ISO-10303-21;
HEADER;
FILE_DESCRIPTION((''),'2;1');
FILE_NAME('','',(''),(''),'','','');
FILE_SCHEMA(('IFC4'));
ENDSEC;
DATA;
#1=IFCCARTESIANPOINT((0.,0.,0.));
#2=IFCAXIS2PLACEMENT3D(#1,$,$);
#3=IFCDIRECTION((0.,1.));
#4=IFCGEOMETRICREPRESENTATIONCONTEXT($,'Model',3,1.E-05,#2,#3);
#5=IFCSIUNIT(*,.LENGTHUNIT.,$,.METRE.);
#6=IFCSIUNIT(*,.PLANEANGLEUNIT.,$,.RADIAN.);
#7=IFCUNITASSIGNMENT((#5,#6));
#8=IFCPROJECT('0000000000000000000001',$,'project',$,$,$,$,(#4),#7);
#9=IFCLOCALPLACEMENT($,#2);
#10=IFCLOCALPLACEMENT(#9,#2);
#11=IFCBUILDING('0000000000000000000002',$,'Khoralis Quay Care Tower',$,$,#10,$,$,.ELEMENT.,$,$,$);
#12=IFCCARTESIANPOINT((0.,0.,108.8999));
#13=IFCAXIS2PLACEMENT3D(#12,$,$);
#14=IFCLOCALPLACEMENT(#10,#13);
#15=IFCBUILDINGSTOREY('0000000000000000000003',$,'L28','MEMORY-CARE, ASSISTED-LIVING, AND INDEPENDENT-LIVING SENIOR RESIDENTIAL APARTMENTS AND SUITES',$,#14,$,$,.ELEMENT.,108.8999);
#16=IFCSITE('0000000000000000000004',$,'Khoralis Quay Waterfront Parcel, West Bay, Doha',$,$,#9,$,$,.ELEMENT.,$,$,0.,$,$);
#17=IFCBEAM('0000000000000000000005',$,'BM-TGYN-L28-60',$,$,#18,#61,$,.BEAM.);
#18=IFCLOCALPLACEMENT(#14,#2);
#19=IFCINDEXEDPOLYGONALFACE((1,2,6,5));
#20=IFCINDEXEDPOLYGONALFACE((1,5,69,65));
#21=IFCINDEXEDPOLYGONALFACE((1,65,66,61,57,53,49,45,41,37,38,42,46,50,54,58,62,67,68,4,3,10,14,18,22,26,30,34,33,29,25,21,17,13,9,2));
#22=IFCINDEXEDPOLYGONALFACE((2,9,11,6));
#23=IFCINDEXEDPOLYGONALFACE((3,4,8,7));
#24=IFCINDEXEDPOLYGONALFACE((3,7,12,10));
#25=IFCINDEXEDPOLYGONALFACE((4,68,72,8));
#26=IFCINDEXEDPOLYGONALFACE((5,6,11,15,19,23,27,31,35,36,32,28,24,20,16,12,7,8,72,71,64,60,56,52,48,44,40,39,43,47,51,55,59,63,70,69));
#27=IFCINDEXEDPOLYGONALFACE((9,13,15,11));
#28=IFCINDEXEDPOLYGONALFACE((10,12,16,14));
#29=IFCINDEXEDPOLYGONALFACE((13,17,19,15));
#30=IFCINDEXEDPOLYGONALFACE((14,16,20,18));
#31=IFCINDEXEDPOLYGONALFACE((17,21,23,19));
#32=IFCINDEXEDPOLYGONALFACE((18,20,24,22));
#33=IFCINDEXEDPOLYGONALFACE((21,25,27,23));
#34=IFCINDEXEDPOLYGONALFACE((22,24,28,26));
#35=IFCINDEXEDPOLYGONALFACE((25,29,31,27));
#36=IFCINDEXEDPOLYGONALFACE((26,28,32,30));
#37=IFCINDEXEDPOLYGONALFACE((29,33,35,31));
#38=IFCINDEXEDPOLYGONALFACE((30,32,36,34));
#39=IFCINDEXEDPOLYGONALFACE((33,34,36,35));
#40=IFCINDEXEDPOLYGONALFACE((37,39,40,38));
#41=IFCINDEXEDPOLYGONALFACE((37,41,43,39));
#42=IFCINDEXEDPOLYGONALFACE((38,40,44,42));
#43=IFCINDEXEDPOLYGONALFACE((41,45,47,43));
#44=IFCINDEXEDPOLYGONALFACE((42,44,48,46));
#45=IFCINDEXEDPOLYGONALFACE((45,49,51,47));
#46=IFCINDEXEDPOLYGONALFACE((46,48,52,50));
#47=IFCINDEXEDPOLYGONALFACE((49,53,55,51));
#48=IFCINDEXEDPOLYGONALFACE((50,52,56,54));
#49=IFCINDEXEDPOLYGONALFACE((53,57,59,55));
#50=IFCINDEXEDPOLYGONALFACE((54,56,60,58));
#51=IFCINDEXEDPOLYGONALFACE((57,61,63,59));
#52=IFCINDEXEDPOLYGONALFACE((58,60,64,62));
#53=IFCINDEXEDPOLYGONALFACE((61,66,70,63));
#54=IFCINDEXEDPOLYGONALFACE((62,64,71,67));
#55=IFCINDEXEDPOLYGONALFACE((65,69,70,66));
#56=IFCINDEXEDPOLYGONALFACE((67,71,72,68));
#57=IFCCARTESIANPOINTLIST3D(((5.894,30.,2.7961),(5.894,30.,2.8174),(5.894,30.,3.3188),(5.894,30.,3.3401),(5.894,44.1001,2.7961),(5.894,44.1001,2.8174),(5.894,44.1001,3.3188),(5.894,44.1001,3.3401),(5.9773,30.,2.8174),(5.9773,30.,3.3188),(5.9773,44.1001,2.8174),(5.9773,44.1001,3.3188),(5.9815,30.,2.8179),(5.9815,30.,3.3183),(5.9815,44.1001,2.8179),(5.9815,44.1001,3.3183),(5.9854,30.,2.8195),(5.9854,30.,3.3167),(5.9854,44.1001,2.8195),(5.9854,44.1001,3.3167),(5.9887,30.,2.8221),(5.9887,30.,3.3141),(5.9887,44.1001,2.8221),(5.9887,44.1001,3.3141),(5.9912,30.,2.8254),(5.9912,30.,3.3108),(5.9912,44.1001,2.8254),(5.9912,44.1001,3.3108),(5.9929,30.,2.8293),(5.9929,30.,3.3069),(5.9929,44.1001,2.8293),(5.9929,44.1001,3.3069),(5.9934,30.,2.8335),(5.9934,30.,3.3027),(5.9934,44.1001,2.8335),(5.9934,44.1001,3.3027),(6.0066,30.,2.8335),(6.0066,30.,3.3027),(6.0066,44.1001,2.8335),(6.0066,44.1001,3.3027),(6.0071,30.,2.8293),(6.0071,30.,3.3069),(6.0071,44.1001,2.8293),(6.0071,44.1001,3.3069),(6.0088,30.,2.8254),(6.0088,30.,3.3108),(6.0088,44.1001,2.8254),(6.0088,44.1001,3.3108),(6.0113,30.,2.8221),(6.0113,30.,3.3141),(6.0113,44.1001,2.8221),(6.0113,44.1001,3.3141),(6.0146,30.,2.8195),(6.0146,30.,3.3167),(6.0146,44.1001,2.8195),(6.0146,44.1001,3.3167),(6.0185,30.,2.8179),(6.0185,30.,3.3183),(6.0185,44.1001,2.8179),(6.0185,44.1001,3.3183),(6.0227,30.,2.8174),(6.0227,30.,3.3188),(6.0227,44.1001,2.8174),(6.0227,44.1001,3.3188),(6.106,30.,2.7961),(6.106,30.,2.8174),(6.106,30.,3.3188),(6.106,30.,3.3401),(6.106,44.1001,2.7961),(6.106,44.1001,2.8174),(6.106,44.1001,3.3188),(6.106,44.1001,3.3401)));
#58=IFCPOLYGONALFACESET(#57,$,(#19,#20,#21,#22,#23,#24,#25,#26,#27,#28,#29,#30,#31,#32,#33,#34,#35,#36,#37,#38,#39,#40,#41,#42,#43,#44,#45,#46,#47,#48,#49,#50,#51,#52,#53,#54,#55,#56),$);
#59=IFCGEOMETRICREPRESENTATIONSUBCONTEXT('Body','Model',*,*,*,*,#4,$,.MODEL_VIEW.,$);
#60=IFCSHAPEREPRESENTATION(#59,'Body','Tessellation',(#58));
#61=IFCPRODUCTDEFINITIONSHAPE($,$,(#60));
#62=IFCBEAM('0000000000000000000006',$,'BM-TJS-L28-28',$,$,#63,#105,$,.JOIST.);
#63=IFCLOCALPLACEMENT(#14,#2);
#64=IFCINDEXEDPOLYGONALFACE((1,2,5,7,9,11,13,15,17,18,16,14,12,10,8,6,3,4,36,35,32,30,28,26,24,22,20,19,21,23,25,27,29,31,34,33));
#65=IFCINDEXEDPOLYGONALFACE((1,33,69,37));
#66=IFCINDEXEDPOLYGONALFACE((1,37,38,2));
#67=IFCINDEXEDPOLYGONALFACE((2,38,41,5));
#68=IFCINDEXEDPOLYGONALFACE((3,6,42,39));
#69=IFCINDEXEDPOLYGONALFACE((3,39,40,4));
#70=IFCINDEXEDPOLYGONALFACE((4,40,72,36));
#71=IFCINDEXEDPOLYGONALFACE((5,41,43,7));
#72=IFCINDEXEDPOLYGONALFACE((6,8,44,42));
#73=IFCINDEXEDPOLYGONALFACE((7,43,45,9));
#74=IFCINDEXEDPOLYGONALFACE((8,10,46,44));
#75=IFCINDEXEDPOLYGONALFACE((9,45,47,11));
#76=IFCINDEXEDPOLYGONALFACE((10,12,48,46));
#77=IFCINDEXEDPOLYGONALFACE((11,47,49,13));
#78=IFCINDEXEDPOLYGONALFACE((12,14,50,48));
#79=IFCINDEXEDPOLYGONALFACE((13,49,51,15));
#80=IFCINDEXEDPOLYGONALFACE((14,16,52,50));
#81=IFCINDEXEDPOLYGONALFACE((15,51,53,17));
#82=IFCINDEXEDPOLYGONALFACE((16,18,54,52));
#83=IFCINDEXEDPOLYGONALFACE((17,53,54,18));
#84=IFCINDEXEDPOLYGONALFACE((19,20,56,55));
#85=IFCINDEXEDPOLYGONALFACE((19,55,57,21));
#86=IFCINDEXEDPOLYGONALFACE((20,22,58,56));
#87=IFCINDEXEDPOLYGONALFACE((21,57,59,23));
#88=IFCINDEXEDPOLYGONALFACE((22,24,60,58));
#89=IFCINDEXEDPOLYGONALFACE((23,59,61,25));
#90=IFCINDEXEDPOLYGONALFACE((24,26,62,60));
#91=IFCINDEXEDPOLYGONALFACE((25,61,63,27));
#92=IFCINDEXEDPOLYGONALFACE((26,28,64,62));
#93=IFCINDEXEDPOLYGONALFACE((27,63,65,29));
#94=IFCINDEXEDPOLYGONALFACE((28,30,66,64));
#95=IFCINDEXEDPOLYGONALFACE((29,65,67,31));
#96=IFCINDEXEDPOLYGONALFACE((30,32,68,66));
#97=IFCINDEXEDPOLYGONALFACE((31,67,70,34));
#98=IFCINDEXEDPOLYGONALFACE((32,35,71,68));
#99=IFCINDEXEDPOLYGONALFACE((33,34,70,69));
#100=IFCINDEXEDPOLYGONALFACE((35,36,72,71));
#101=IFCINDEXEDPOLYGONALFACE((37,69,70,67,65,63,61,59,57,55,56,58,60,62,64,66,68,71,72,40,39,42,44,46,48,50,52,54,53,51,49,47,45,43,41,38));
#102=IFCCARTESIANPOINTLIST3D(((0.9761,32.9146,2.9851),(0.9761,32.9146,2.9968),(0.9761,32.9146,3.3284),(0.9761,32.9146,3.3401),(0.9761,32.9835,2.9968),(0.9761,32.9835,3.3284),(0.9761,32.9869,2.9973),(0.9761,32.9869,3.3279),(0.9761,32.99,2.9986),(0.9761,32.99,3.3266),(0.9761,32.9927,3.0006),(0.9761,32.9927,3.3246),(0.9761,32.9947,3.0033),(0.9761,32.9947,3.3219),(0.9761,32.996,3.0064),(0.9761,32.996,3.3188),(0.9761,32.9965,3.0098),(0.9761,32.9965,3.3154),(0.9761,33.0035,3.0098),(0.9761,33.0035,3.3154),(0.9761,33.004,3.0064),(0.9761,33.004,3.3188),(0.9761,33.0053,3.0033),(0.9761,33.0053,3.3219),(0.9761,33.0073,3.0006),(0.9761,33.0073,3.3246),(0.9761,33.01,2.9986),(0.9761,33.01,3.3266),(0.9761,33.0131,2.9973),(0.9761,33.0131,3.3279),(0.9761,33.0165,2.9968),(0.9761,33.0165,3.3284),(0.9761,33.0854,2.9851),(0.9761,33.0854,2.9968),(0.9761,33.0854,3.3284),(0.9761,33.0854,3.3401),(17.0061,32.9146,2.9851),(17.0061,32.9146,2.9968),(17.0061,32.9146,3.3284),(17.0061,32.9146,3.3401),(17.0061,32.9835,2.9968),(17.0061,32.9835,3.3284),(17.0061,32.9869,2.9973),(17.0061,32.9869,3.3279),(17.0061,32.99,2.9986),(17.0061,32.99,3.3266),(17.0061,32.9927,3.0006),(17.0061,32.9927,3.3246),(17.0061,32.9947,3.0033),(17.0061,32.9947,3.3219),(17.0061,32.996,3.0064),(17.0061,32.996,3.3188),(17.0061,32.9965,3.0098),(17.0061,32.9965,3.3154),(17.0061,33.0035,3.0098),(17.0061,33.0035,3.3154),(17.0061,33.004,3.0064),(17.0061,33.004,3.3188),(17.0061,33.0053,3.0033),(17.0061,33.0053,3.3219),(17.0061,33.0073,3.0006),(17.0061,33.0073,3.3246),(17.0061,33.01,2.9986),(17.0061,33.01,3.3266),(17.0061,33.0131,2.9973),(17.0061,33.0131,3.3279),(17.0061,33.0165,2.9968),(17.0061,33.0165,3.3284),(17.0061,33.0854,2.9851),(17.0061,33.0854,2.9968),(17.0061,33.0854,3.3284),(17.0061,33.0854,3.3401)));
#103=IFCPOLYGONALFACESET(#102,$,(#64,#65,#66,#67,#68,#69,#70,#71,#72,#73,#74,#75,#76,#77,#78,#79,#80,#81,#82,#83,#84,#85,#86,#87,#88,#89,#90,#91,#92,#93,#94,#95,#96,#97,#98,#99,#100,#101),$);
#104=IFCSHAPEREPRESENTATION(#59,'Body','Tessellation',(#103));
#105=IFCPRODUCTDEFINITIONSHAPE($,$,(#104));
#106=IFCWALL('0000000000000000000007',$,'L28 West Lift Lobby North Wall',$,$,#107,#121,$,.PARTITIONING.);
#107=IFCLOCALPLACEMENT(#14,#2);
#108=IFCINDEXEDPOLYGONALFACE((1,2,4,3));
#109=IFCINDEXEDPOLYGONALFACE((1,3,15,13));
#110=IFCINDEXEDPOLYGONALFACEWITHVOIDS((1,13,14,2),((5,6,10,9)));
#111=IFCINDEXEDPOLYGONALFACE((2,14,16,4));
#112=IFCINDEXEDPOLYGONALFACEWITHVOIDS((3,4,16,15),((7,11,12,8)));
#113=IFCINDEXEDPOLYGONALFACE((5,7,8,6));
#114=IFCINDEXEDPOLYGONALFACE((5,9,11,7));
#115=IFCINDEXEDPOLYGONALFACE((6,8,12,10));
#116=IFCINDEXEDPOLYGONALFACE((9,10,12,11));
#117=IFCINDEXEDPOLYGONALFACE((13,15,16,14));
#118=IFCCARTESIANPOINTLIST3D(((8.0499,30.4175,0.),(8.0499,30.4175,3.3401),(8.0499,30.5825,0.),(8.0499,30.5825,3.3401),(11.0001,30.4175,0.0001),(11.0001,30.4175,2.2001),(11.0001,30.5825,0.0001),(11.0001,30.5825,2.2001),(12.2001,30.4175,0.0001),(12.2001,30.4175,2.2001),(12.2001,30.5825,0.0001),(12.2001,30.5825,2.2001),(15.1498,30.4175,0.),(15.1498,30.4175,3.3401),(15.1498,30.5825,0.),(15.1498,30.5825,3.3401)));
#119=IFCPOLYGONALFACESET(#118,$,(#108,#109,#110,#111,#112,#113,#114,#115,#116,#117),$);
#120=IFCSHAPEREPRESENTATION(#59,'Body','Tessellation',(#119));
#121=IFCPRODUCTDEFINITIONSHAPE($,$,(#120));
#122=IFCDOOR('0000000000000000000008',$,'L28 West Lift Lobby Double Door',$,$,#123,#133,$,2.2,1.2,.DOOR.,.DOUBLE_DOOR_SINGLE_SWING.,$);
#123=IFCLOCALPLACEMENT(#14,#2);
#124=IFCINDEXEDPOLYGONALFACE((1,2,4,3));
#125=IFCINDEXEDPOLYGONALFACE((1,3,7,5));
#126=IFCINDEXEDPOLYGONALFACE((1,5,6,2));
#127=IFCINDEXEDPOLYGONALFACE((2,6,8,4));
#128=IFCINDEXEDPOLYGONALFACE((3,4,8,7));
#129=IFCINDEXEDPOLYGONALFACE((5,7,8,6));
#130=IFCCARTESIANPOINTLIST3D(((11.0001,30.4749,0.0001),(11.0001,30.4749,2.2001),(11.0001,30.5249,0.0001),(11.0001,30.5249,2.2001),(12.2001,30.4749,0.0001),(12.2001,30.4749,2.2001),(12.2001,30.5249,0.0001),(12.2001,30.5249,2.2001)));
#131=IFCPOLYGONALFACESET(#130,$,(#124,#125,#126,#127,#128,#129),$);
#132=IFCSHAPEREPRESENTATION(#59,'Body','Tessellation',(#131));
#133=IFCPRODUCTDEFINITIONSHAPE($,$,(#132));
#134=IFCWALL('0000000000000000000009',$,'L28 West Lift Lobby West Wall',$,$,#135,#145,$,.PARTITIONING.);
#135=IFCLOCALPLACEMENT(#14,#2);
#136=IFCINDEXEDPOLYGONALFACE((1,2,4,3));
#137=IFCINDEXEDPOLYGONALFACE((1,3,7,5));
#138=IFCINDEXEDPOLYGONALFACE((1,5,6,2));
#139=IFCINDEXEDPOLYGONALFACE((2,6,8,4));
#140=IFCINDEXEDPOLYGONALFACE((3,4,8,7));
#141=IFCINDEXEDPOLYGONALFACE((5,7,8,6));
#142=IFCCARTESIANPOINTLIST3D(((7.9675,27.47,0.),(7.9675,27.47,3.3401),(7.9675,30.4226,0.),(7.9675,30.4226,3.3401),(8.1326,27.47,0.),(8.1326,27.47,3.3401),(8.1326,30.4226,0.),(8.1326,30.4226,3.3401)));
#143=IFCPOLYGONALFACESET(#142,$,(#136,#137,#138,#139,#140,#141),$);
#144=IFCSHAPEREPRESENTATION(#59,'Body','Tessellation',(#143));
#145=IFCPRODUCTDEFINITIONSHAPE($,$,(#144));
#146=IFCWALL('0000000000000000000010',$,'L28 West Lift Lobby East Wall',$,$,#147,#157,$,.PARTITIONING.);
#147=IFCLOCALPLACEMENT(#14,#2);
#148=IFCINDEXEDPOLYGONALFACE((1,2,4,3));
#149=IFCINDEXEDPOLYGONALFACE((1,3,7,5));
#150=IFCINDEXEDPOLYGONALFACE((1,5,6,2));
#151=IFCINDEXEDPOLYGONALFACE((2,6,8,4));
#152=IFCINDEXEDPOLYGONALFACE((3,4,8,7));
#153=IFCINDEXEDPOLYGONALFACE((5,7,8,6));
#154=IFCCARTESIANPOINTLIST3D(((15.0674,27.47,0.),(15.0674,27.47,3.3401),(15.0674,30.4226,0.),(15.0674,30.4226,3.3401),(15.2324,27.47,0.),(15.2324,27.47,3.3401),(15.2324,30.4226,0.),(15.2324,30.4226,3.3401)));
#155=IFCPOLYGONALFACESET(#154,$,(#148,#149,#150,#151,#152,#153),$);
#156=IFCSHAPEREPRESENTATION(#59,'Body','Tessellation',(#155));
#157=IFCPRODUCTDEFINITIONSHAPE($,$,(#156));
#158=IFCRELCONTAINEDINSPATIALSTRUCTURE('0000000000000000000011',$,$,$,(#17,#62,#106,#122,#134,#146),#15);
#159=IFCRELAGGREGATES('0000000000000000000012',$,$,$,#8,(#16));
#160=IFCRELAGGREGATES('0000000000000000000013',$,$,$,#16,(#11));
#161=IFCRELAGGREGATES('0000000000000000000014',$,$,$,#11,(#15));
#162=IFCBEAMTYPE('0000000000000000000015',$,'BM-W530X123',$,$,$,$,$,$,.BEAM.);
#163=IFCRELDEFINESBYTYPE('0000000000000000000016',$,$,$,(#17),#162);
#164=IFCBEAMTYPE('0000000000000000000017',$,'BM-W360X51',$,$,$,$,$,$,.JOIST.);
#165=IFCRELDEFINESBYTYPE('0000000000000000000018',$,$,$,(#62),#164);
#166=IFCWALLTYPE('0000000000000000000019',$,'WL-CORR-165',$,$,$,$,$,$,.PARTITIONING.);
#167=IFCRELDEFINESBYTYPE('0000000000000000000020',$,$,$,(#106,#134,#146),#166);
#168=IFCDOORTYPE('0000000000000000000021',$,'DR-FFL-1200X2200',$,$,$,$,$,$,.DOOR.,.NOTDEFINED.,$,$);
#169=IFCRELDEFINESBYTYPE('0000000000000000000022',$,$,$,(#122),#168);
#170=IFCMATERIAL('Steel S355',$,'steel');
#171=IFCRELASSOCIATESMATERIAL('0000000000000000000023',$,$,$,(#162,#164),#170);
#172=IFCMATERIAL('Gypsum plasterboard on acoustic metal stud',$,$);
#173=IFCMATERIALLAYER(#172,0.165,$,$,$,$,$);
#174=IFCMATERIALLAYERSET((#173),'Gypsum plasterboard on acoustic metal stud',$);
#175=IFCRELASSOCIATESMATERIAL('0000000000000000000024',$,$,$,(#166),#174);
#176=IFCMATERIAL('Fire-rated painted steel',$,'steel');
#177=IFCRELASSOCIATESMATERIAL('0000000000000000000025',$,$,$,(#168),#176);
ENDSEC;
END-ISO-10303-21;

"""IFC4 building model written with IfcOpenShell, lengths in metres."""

from ifc_helpers import new_model, si_unit, direction, frame, frame_2d, origin, origin_2d, place, context, subcontext, project, spatial, rectangle, i_section, extrude, source, transform, mapped, material, layer, layer_set, material_profile, profile_set, type_object, element, fill, save


model = new_model("IFC4")

# Units and contexts
model_context = context("Model", 3, precision=1e-05, world=origin(), true_north=direction((0.0, 1.0)))
body_context = subcontext(model_context, "Body", "Model", "MODEL_VIEW")
ifc_project = project(units=[si_unit("LENGTHUNIT", "METRE"), si_unit("PLANEANGLEUNIT", "RADIAN")], contexts=[model_context])

# Site, building, storey
site_placement = place(None, origin())
site = spatial("IfcSite", under=ifc_project, at=site_placement, Name="Khoralis Quay Waterfront Parcel, West Bay, Doha", CompositionType="ELEMENT", RefElevation=0.0)
building_placement = place(site_placement, origin())
building = spatial("IfcBuilding", under=site, at=building_placement, Name="Khoralis Quay Care Tower", CompositionType="ELEMENT")
storey_placement = place(building_placement, frame((0.0, 0.0, 108.8999)))
storey = spatial("IfcBuildingStorey", under=building, at=storey_placement, Name="L28", Description="MEMORY-CARE, ASSISTED-LIVING, AND INDEPENDENT-LIVING SENIOR RESIDENTIAL APARTMENTS AND SUITES", CompositionType="ELEMENT", Elevation=108.8999)

# Beams
ifc_material_1 = material(Name="Steel S355", Category="steel")
ifc_material_profile_1 = material_profile(ifc_material_1, i_section(OverallWidth=0.2119, OverallDepth=0.5439, WebThickness=0.0132, FlangeThickness=0.0212, FilletRadius=0.0161, at=origin_2d()), Name="Steel S355")
ifc_profile_set_1 = profile_set([ifc_material_profile_1], Name="Steel S355")
beam_type_1 = type_object("IfcBeamType", Name="BM-W530X123", PredefinedType="BEAM", material=ifc_profile_set_1)
shared_shape_1 = source(origin(), body_context, "Body", "SweptSolid", [
    extrude(i_section(OverallWidth=0.2119, OverallDepth=0.5439, WebThickness=0.0132, FlangeThickness=0.0212, FilletRadius=0.0161, at=origin_2d()), origin(), (0.0, 0.0, 1.0), 14.1001),
])
beam_1_placement = place(storey_placement, frame((6.0, 30.0, 3.0681), z_axis=(0.0, 1.0, 0.0), x_axis=(-1.0, 0.0, 0.0)))
element("IfcBeam", 1, at=beam_1_placement, inside=storey, type_object=beam_type_1, Name="BM-TGYN-L28-60", PredefinedType="BEAM", context=body_context, shape_type="MappedRepresentation", body=[
    mapped(shared_shape_1, transform((0.0, 0.0, 0.0), scale=1.0)),
])
ifc_material_profile_2 = material_profile(ifc_material_1, i_section(OverallWidth=0.1709, OverallDepth=0.355, WebThickness=0.0071, FlangeThickness=0.0117, FilletRadius=0.0129, at=origin_2d()), Name="Steel S355")
ifc_profile_set_2 = profile_set([ifc_material_profile_2], Name="Steel S355")
beam_type_2 = type_object("IfcBeamType", Name="BM-W360X51", PredefinedType="JOIST", material=ifc_profile_set_2)
shared_shape_2 = source(origin(), body_context, "Body", "SweptSolid", [
    extrude(i_section(OverallWidth=0.1709, OverallDepth=0.355, WebThickness=0.0071, FlangeThickness=0.0117, FilletRadius=0.0129, at=origin_2d()), origin(), (0.0, 0.0, 1.0), 16.03),
])
beam_2_placement = place(storey_placement, frame((0.9761, 33.0, 3.1626), z_axis=(1.0, 0.0, 0.0), x_axis=(0.0, 1.0, 0.0)))
element("IfcBeam", 2, at=beam_2_placement, inside=storey, type_object=beam_type_2, Name="BM-TJS-L28-28", PredefinedType="JOIST", context=body_context, shape_type="MappedRepresentation", body=[
    mapped(shared_shape_2, transform((0.0, 0.0, 0.0), scale=1.0)),
])

# Wall, opening, door
ifc_material_2 = material(Name="Gypsum plasterboard on acoustic metal stud")
ifc_layer_1 = layer(ifc_material_2, 0.165)
ifc_layer_set_1 = layer_set([ifc_layer_1], Name="Gypsum plasterboard on acoustic metal stud")
wall_type_1 = type_object("IfcWallType", Name="WL-CORR-165", PredefinedType="PARTITIONING", material=ifc_layer_set_1)
wall_1_placement = place(storey_placement, frame((8.05, 30.5, 0.0), z_axis=(0.0, 0.0, 1.0), x_axis=(1.0, 0.0, 0.0)))
wall_1 = element("IfcWall", 3, at=wall_1_placement, inside=storey, type_object=wall_type_1, Name="L28 West Lift Lobby North Wall", PredefinedType="PARTITIONING", context=body_context, shape_type="SweptSolid", body=[
    extrude(rectangle(XDim=7.0999, YDim=0.165, at=frame_2d((3.5498, 0.0))), origin(), (0.0, 0.0, 1.0), 3.3401),
])
opening_1_placement = place(wall_1_placement, frame((2.95, 0.0, 0.0)))
opening_1 = element("IfcOpeningElement", 4, at=opening_1_placement, cuts=wall_1, PredefinedType="OPENING", context=body_context, shape_type="SweptSolid", body=[
    extrude(rectangle(XDim=1.2, YDim=2.2, at=frame_2d((0.6001, 1.1001))), frame((0.0, 0.0925, 0.0), z_axis=(0.0, -1.0, 0.0), x_axis=(1.0, 0.0, 0.0)), (0.0, 0.0, 1.0), 0.1851),
])
ifc_material_3 = material(Name="Fire-rated painted steel", Category="steel")
door_type_1 = type_object("IfcDoorType", Name="DR-FFL-1200X2200", OperationType="NOTDEFINED", PredefinedType="DOOR", material=ifc_material_3)
shared_shape_3 = source(origin(), body_context, "Body", "SweptSolid", [
    extrude(rectangle(XDim=1.2, YDim=2.2, at=frame_2d((0.6001, 1.1001))), frame((0.0, 0.0249, 0.0), z_axis=(0.0, -1.0, 0.0), x_axis=(1.0, 0.0, 0.0)), (0.0, 0.0, 1.0), 0.05),
])
door_1_placement = place(opening_1_placement, origin())
door_1 = element("IfcDoor", 5, at=door_1_placement, inside=storey, type_object=door_type_1, Name="L28 West Lift Lobby Double Door", OperationType="DOUBLE_DOOR_SINGLE_SWING", OverallHeight=2.2, OverallWidth=1.2, PredefinedType="DOOR", context=body_context, shape_type="MappedRepresentation", body=[
    mapped(shared_shape_3, transform((0.0, 0.0, 0.0), scale=1.0)),
])
fill(opening_1, door_1)

# Walls
for number, where, z_axis, x_axis, name in (
    (6, (8.05, 27.47, 0.0), (0.0, 0.0, 1.0), (0.0, 1.0, 0.0), "L28 West Lift Lobby West Wall"),
    (7, (15.1499, 27.47, 0.0), (0.0, 0.0, 1.0), (0.0, 1.0, 0.0), "L28 West Lift Lobby East Wall"),
):
    element("IfcWall", number, at=place(storey_placement, frame(where, z_axis=z_axis, x_axis=x_axis)), inside=storey, type_object=wall_type_1, Name=name, PredefinedType="PARTITIONING", context=body_context, shape_type="SweptSolid", body=[
        extrude(rectangle(XDim=2.9526, YDim=0.165, at=frame_2d((1.4763, 0.0))), origin(), (0.0, 0.0, 1.0), 3.3401),
    ])

save(model, "model.ifc")
